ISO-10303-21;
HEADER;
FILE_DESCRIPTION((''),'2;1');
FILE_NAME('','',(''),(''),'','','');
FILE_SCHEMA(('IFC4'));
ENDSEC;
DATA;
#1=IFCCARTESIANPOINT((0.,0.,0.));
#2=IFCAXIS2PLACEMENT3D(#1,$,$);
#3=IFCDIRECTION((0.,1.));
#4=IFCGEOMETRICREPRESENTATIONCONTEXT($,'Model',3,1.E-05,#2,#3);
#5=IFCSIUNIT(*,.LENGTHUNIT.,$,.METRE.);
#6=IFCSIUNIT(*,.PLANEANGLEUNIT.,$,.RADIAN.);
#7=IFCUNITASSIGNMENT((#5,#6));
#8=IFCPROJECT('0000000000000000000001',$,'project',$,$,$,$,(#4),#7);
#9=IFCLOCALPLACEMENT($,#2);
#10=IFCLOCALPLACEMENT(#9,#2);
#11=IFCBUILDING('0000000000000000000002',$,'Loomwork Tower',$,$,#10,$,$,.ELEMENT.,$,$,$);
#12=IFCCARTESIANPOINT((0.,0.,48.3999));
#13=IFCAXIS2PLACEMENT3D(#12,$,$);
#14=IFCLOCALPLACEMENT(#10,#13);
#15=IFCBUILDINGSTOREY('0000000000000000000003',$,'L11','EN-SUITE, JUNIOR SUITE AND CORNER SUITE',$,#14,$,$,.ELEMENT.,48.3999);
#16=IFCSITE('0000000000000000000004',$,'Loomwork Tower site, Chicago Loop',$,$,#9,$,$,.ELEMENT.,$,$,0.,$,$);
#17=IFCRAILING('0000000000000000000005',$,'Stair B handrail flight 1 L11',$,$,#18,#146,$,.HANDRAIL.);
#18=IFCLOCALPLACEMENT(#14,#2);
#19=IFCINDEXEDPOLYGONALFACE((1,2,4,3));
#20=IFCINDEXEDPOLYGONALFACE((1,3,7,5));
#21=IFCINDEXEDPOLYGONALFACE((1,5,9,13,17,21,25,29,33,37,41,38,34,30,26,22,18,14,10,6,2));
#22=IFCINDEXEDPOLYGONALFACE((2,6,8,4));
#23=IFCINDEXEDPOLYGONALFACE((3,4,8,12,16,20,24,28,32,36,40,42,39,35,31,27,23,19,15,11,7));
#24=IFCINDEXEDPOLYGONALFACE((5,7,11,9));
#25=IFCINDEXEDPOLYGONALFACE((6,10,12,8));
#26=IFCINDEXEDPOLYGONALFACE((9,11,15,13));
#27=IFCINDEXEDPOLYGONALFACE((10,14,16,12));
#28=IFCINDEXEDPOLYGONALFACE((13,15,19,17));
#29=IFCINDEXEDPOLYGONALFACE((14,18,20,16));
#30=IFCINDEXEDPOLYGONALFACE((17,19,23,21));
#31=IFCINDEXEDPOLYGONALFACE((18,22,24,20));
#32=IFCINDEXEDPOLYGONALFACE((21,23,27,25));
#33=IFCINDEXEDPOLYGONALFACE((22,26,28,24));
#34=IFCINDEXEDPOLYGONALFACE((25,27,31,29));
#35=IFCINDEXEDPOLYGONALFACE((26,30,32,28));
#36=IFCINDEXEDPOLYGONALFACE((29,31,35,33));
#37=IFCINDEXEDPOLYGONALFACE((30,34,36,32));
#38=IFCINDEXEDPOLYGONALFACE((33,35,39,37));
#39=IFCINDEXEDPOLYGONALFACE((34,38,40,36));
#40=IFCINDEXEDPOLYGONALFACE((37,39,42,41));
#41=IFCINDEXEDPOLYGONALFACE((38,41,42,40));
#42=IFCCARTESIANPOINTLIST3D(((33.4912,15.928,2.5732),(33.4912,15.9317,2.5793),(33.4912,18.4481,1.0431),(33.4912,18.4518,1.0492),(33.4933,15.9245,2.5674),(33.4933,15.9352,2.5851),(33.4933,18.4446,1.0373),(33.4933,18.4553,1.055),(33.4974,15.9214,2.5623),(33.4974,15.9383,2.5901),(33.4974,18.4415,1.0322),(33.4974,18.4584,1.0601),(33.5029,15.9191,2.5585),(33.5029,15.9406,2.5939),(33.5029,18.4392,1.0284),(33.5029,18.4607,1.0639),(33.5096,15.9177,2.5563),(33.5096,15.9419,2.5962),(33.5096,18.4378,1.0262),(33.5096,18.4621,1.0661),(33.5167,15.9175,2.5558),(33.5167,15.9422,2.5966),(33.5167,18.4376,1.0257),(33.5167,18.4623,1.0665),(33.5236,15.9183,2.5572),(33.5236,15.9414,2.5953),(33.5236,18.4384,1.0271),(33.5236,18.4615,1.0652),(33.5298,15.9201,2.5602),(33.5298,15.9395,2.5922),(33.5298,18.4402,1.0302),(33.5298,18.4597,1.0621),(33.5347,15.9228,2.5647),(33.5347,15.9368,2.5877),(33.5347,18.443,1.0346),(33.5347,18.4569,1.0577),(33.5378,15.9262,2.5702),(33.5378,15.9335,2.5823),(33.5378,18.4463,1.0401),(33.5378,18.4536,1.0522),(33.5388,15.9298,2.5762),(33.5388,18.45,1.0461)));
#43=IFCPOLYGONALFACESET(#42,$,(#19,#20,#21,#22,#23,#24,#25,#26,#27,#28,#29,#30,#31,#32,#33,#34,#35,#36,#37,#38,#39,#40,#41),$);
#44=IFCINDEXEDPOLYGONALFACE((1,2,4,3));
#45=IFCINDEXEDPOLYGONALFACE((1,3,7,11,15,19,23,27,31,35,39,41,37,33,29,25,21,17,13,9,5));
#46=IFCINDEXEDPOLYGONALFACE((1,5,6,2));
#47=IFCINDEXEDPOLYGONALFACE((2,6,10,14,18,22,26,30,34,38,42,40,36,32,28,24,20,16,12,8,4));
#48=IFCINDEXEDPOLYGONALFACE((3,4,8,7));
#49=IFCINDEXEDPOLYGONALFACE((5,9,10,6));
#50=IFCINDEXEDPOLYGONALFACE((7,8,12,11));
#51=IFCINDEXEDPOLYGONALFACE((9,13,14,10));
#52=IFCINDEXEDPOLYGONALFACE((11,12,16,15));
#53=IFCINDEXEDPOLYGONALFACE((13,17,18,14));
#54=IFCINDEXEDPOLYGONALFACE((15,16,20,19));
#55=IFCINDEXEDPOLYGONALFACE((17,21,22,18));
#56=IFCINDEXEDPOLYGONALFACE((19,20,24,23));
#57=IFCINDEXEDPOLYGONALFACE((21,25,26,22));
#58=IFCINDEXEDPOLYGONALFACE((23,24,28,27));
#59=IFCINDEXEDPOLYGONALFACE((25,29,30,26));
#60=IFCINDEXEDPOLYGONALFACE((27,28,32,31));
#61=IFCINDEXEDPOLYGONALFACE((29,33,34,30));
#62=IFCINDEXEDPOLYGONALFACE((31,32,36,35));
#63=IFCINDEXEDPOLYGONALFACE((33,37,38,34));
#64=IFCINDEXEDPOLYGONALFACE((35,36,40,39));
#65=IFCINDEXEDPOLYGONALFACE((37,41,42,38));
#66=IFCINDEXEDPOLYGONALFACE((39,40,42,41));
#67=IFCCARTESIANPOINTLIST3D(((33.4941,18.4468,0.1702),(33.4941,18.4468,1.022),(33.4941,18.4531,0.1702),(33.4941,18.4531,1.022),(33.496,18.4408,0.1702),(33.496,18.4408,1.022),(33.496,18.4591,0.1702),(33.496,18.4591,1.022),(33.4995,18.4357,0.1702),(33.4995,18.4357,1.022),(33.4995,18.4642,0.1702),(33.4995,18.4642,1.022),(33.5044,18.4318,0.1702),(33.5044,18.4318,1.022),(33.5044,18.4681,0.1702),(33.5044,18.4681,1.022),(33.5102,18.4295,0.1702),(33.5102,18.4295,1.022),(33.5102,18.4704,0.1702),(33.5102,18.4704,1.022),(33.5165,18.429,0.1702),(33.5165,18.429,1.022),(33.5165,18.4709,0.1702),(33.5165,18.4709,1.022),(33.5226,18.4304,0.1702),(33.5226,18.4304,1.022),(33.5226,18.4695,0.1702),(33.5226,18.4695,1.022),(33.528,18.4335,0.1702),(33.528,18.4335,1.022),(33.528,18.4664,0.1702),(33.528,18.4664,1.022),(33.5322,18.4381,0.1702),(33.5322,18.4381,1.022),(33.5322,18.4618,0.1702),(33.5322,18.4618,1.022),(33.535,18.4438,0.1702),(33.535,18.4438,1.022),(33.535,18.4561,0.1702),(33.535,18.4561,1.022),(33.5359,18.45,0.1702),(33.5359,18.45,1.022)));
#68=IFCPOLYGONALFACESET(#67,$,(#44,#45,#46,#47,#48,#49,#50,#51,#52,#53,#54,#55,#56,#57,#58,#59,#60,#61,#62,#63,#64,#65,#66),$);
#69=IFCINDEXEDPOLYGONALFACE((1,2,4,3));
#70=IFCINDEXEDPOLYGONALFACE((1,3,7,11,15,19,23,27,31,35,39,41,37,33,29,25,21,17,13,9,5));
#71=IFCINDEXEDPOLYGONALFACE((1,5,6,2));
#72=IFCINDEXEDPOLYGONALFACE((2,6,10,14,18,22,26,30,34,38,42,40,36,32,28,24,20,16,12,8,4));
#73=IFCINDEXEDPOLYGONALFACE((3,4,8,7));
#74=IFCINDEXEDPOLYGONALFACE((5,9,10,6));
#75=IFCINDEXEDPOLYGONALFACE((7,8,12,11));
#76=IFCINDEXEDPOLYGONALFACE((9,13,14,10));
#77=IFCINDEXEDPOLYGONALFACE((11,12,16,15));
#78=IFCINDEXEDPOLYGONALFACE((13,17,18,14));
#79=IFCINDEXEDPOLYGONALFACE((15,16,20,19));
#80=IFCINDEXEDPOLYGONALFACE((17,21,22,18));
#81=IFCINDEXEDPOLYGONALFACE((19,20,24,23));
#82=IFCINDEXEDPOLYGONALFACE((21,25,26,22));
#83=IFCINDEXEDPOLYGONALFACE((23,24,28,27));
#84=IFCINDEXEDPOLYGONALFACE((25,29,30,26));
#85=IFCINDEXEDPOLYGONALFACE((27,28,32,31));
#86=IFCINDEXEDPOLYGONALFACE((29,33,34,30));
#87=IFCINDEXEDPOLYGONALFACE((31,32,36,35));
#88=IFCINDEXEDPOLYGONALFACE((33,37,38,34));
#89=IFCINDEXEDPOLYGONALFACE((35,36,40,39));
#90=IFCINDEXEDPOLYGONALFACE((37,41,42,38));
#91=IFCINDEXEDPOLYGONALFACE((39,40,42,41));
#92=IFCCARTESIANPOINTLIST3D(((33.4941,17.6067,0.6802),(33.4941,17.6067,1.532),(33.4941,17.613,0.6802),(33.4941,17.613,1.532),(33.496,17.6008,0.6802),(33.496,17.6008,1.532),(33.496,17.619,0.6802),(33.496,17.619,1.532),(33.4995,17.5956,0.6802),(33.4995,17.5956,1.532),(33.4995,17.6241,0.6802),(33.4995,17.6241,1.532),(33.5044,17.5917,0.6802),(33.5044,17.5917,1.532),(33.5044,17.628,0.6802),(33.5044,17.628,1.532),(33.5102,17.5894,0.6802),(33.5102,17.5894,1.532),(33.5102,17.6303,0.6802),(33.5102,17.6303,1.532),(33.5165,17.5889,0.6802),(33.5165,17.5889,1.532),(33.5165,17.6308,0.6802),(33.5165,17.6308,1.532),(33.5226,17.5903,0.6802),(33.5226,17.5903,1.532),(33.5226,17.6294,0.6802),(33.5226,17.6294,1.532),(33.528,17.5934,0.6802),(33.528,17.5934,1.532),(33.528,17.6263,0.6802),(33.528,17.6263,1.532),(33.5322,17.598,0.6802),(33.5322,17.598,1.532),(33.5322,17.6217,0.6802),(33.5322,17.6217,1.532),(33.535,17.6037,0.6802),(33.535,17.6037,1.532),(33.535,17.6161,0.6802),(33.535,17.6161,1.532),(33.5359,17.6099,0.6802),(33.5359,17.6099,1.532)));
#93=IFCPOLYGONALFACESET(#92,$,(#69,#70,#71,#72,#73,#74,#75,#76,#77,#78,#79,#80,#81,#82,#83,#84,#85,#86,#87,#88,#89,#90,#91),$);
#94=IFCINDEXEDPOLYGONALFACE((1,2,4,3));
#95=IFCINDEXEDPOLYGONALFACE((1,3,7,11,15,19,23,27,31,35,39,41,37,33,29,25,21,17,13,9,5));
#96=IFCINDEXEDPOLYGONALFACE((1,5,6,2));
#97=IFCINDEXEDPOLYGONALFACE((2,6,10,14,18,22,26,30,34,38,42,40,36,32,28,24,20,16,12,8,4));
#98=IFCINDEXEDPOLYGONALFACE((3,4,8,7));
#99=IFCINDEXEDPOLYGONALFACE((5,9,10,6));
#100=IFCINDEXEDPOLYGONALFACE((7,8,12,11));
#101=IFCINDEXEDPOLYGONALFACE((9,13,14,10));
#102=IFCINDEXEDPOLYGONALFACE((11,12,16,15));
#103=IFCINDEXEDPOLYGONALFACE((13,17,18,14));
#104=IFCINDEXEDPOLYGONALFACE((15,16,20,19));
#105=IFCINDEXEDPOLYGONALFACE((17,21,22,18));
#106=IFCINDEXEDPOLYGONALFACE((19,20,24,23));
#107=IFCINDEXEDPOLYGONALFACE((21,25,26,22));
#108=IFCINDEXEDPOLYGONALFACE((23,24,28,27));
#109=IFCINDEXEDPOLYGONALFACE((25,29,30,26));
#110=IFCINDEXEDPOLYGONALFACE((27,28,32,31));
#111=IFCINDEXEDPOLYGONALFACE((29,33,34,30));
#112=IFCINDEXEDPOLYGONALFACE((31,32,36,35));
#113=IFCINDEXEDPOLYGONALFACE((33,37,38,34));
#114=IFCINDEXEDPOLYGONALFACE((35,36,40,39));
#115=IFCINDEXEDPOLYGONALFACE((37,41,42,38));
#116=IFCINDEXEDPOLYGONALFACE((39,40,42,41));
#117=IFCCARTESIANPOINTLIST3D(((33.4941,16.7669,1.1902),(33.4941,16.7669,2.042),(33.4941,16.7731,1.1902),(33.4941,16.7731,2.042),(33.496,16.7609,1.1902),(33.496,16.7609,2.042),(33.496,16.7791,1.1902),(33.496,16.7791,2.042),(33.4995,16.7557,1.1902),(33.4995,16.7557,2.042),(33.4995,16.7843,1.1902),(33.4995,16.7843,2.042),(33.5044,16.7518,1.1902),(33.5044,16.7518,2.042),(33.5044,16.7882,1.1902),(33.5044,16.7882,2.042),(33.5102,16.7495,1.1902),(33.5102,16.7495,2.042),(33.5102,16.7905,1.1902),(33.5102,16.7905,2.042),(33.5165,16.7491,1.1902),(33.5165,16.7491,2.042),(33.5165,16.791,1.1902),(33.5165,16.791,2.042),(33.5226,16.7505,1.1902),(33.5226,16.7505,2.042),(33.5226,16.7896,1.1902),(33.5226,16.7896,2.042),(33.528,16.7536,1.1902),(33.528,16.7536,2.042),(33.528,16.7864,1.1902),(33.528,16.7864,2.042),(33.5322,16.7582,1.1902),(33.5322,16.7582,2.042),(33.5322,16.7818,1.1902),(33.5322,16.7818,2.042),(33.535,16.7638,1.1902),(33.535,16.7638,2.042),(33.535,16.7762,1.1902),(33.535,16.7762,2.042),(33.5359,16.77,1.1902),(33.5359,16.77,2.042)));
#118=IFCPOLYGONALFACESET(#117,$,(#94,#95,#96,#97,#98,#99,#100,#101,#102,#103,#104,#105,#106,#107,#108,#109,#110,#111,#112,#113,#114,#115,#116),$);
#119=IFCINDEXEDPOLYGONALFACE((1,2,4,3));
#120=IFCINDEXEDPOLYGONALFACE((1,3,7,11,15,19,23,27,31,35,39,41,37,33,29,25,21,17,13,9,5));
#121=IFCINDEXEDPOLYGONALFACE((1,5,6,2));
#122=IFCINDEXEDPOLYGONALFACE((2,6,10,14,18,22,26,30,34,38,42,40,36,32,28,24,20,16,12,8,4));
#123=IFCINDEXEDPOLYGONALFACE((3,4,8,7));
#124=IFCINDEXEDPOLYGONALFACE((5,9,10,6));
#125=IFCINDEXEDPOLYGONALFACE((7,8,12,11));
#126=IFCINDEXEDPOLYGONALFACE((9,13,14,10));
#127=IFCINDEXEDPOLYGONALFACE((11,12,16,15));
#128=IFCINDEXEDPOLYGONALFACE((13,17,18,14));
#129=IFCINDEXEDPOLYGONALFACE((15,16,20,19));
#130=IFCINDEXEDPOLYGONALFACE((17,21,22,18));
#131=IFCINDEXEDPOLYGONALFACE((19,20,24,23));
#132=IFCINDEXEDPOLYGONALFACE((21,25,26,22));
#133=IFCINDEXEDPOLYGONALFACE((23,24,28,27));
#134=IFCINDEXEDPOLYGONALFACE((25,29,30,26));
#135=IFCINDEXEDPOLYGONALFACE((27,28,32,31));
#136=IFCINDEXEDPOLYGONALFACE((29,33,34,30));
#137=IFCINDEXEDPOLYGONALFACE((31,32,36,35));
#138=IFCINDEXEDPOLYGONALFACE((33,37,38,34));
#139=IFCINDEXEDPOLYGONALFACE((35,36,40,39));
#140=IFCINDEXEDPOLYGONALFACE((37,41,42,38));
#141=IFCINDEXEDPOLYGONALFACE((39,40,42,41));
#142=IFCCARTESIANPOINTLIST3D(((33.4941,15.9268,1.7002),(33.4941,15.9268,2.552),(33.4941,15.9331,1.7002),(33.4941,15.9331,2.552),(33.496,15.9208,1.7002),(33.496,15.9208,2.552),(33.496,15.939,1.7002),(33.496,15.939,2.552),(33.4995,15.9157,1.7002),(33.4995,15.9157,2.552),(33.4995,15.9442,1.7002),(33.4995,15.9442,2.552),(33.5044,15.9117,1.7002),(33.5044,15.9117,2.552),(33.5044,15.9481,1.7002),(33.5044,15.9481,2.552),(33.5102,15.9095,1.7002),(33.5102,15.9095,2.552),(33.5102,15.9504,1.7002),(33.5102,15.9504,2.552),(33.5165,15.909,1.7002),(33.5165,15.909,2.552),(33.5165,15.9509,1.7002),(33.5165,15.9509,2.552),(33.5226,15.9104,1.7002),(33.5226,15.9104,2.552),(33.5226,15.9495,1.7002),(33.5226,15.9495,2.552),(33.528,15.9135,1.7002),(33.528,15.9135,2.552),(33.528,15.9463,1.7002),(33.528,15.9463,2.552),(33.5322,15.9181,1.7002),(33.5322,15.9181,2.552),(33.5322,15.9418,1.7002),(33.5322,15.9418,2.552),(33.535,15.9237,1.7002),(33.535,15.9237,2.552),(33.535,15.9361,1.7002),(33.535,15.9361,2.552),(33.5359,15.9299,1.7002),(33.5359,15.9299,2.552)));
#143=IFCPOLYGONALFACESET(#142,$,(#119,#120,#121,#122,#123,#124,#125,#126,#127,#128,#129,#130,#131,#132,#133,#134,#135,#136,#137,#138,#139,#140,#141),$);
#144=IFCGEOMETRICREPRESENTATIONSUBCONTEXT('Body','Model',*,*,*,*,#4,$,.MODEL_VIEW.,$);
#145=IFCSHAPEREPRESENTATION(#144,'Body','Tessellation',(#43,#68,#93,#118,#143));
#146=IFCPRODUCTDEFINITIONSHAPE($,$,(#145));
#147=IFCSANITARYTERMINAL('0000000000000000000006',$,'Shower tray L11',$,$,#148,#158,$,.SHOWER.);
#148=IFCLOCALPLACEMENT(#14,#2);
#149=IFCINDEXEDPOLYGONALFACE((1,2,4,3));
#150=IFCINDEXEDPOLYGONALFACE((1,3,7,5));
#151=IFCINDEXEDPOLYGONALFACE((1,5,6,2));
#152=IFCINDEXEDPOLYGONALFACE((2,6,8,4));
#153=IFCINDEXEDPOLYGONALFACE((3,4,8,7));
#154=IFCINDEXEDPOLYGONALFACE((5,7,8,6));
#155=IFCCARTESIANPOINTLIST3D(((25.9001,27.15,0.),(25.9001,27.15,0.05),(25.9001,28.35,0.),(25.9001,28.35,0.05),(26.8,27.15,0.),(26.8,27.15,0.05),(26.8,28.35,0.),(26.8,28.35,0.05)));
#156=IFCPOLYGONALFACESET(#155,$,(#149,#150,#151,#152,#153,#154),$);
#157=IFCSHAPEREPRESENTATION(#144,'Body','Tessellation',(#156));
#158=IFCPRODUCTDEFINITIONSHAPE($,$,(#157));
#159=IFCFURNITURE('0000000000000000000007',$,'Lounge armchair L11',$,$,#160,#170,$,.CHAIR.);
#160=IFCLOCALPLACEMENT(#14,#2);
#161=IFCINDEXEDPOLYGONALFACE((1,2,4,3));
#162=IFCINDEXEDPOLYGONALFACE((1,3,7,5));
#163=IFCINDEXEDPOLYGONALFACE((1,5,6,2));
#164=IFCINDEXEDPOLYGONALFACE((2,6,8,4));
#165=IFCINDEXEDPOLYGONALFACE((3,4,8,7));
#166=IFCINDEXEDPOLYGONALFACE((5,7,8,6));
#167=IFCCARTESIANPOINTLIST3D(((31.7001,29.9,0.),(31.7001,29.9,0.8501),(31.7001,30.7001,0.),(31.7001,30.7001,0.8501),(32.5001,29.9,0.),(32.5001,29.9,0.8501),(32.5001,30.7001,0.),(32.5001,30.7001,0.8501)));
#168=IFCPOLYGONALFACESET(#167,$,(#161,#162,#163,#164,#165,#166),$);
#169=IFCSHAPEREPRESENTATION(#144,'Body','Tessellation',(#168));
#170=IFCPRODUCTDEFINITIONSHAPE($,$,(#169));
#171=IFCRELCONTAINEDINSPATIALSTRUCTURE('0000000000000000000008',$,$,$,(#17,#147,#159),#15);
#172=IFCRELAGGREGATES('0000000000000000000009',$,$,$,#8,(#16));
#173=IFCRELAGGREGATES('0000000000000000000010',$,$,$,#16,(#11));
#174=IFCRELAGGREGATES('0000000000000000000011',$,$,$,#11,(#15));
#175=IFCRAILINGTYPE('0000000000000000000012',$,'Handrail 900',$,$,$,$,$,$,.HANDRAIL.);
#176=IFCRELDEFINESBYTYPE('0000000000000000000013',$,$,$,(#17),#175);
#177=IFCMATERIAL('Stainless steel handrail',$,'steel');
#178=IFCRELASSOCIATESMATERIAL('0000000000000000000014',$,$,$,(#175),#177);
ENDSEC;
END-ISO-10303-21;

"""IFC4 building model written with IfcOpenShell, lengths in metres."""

from ifc_helpers import new_model, si_unit, direction, frame, origin, origin_2d, place, context, subcontext, project, spatial, rectangle, circle, extrude, material, type_object, element, save


model = new_model("IFC4")

# Units and contexts
model_context = context("Model", 3, precision=1e-05, world=origin(), true_north=direction((0.0, 1.0)))
body_context = subcontext(model_context, "Body", "Model", "MODEL_VIEW")
ifc_project = project(units=[si_unit("LENGTHUNIT", "METRE"), si_unit("PLANEANGLEUNIT", "RADIAN")], contexts=[model_context])

# Site, building, storey
site_placement = place(None, origin())
site = spatial("IfcSite", under=ifc_project, at=site_placement, Name="Loomwork Tower site, Chicago Loop", CompositionType="ELEMENT", RefElevation=0.0)
building_placement = place(site_placement, origin())
building = spatial("IfcBuilding", under=site, at=building_placement, Name="Loomwork Tower", CompositionType="ELEMENT")
storey_placement = place(building_placement, frame((0.0, 0.0, 48.3999)))
storey = spatial("IfcBuildingStorey", under=building, at=storey_placement, Name="L11", Description="EN-SUITE, JUNIOR SUITE AND CORNER SUITE", CompositionType="ELEMENT", Elevation=48.3999)

# Railing
ifc_material_1 = material(Name="Stainless steel handrail", Category="steel")
railing_type = type_object("IfcRailingType", Name="Handrail 900", PredefinedType="HANDRAIL", material=ifc_material_1)
railing_placement = place(storey_placement, frame((33.5149, 18.45, 0.1702)))
element("IfcRailing", 1, at=railing_placement, inside=storey, type_object=railing_type, Name="Stair B handrail flight 1 L11", PredefinedType="HANDRAIL", context=body_context, shape_type="SweptSolid", body=[
    extrude(circle(Radius=0.0239, at=origin_2d()), frame((0.0, 0.0, 0.876), z_axis=(0.0, -0.854785, 0.518982), x_axis=(1.0, 0.0, 0.0)), (0.0, 0.0, 1.0), 2.9482),
    extrude(circle(Radius=0.021, at=origin_2d()), origin(), (0.0, 0.0, 1.0), 0.8518),
    extrude(circle(Radius=0.021, at=origin_2d()), frame((0.0, -0.8401, 0.51)), (0.0, 0.0, 1.0), 0.8518),
    extrude(circle(Radius=0.021, at=origin_2d()), frame((0.0, -1.6799, 1.02)), (0.0, 0.0, 1.0), 0.8518),
    extrude(circle(Radius=0.021, at=origin_2d()), frame((0.0, -2.52, 1.53)), (0.0, 0.0, 1.0), 0.8518),
])

# Sanitary terminal
sanitary_terminal_placement = place(storey_placement, frame((26.3501, 27.75, 0.0), z_axis=(0.0, 0.0, 1.0), x_axis=(1.0, 0.0, 0.0)))
element("IfcSanitaryTerminal", 2, at=sanitary_terminal_placement, inside=storey, Name="Shower tray L11", PredefinedType="SHOWER", context=body_context, shape_type="SweptSolid", body=[
    extrude(rectangle(XDim=0.8999, YDim=1.2, at=origin_2d()), origin(), (0.0, 0.0, 1.0), 0.05),
])

# Furniture
furniture_placement = place(storey_placement, frame((32.1001, 30.3, 0.0), z_axis=(0.0, 0.0, 1.0), x_axis=(1.0, 0.0, 0.0)))
element("IfcFurniture", 3, at=furniture_placement, inside=storey, Name="Lounge armchair L11", PredefinedType="CHAIR", context=body_context, shape_type="SweptSolid", body=[
    extrude(rectangle(XDim=0.8, YDim=0.8, at=origin_2d()), origin(), (0.0, 0.0, 1.0), 0.8501),
])

save(model, "model.ifc")
